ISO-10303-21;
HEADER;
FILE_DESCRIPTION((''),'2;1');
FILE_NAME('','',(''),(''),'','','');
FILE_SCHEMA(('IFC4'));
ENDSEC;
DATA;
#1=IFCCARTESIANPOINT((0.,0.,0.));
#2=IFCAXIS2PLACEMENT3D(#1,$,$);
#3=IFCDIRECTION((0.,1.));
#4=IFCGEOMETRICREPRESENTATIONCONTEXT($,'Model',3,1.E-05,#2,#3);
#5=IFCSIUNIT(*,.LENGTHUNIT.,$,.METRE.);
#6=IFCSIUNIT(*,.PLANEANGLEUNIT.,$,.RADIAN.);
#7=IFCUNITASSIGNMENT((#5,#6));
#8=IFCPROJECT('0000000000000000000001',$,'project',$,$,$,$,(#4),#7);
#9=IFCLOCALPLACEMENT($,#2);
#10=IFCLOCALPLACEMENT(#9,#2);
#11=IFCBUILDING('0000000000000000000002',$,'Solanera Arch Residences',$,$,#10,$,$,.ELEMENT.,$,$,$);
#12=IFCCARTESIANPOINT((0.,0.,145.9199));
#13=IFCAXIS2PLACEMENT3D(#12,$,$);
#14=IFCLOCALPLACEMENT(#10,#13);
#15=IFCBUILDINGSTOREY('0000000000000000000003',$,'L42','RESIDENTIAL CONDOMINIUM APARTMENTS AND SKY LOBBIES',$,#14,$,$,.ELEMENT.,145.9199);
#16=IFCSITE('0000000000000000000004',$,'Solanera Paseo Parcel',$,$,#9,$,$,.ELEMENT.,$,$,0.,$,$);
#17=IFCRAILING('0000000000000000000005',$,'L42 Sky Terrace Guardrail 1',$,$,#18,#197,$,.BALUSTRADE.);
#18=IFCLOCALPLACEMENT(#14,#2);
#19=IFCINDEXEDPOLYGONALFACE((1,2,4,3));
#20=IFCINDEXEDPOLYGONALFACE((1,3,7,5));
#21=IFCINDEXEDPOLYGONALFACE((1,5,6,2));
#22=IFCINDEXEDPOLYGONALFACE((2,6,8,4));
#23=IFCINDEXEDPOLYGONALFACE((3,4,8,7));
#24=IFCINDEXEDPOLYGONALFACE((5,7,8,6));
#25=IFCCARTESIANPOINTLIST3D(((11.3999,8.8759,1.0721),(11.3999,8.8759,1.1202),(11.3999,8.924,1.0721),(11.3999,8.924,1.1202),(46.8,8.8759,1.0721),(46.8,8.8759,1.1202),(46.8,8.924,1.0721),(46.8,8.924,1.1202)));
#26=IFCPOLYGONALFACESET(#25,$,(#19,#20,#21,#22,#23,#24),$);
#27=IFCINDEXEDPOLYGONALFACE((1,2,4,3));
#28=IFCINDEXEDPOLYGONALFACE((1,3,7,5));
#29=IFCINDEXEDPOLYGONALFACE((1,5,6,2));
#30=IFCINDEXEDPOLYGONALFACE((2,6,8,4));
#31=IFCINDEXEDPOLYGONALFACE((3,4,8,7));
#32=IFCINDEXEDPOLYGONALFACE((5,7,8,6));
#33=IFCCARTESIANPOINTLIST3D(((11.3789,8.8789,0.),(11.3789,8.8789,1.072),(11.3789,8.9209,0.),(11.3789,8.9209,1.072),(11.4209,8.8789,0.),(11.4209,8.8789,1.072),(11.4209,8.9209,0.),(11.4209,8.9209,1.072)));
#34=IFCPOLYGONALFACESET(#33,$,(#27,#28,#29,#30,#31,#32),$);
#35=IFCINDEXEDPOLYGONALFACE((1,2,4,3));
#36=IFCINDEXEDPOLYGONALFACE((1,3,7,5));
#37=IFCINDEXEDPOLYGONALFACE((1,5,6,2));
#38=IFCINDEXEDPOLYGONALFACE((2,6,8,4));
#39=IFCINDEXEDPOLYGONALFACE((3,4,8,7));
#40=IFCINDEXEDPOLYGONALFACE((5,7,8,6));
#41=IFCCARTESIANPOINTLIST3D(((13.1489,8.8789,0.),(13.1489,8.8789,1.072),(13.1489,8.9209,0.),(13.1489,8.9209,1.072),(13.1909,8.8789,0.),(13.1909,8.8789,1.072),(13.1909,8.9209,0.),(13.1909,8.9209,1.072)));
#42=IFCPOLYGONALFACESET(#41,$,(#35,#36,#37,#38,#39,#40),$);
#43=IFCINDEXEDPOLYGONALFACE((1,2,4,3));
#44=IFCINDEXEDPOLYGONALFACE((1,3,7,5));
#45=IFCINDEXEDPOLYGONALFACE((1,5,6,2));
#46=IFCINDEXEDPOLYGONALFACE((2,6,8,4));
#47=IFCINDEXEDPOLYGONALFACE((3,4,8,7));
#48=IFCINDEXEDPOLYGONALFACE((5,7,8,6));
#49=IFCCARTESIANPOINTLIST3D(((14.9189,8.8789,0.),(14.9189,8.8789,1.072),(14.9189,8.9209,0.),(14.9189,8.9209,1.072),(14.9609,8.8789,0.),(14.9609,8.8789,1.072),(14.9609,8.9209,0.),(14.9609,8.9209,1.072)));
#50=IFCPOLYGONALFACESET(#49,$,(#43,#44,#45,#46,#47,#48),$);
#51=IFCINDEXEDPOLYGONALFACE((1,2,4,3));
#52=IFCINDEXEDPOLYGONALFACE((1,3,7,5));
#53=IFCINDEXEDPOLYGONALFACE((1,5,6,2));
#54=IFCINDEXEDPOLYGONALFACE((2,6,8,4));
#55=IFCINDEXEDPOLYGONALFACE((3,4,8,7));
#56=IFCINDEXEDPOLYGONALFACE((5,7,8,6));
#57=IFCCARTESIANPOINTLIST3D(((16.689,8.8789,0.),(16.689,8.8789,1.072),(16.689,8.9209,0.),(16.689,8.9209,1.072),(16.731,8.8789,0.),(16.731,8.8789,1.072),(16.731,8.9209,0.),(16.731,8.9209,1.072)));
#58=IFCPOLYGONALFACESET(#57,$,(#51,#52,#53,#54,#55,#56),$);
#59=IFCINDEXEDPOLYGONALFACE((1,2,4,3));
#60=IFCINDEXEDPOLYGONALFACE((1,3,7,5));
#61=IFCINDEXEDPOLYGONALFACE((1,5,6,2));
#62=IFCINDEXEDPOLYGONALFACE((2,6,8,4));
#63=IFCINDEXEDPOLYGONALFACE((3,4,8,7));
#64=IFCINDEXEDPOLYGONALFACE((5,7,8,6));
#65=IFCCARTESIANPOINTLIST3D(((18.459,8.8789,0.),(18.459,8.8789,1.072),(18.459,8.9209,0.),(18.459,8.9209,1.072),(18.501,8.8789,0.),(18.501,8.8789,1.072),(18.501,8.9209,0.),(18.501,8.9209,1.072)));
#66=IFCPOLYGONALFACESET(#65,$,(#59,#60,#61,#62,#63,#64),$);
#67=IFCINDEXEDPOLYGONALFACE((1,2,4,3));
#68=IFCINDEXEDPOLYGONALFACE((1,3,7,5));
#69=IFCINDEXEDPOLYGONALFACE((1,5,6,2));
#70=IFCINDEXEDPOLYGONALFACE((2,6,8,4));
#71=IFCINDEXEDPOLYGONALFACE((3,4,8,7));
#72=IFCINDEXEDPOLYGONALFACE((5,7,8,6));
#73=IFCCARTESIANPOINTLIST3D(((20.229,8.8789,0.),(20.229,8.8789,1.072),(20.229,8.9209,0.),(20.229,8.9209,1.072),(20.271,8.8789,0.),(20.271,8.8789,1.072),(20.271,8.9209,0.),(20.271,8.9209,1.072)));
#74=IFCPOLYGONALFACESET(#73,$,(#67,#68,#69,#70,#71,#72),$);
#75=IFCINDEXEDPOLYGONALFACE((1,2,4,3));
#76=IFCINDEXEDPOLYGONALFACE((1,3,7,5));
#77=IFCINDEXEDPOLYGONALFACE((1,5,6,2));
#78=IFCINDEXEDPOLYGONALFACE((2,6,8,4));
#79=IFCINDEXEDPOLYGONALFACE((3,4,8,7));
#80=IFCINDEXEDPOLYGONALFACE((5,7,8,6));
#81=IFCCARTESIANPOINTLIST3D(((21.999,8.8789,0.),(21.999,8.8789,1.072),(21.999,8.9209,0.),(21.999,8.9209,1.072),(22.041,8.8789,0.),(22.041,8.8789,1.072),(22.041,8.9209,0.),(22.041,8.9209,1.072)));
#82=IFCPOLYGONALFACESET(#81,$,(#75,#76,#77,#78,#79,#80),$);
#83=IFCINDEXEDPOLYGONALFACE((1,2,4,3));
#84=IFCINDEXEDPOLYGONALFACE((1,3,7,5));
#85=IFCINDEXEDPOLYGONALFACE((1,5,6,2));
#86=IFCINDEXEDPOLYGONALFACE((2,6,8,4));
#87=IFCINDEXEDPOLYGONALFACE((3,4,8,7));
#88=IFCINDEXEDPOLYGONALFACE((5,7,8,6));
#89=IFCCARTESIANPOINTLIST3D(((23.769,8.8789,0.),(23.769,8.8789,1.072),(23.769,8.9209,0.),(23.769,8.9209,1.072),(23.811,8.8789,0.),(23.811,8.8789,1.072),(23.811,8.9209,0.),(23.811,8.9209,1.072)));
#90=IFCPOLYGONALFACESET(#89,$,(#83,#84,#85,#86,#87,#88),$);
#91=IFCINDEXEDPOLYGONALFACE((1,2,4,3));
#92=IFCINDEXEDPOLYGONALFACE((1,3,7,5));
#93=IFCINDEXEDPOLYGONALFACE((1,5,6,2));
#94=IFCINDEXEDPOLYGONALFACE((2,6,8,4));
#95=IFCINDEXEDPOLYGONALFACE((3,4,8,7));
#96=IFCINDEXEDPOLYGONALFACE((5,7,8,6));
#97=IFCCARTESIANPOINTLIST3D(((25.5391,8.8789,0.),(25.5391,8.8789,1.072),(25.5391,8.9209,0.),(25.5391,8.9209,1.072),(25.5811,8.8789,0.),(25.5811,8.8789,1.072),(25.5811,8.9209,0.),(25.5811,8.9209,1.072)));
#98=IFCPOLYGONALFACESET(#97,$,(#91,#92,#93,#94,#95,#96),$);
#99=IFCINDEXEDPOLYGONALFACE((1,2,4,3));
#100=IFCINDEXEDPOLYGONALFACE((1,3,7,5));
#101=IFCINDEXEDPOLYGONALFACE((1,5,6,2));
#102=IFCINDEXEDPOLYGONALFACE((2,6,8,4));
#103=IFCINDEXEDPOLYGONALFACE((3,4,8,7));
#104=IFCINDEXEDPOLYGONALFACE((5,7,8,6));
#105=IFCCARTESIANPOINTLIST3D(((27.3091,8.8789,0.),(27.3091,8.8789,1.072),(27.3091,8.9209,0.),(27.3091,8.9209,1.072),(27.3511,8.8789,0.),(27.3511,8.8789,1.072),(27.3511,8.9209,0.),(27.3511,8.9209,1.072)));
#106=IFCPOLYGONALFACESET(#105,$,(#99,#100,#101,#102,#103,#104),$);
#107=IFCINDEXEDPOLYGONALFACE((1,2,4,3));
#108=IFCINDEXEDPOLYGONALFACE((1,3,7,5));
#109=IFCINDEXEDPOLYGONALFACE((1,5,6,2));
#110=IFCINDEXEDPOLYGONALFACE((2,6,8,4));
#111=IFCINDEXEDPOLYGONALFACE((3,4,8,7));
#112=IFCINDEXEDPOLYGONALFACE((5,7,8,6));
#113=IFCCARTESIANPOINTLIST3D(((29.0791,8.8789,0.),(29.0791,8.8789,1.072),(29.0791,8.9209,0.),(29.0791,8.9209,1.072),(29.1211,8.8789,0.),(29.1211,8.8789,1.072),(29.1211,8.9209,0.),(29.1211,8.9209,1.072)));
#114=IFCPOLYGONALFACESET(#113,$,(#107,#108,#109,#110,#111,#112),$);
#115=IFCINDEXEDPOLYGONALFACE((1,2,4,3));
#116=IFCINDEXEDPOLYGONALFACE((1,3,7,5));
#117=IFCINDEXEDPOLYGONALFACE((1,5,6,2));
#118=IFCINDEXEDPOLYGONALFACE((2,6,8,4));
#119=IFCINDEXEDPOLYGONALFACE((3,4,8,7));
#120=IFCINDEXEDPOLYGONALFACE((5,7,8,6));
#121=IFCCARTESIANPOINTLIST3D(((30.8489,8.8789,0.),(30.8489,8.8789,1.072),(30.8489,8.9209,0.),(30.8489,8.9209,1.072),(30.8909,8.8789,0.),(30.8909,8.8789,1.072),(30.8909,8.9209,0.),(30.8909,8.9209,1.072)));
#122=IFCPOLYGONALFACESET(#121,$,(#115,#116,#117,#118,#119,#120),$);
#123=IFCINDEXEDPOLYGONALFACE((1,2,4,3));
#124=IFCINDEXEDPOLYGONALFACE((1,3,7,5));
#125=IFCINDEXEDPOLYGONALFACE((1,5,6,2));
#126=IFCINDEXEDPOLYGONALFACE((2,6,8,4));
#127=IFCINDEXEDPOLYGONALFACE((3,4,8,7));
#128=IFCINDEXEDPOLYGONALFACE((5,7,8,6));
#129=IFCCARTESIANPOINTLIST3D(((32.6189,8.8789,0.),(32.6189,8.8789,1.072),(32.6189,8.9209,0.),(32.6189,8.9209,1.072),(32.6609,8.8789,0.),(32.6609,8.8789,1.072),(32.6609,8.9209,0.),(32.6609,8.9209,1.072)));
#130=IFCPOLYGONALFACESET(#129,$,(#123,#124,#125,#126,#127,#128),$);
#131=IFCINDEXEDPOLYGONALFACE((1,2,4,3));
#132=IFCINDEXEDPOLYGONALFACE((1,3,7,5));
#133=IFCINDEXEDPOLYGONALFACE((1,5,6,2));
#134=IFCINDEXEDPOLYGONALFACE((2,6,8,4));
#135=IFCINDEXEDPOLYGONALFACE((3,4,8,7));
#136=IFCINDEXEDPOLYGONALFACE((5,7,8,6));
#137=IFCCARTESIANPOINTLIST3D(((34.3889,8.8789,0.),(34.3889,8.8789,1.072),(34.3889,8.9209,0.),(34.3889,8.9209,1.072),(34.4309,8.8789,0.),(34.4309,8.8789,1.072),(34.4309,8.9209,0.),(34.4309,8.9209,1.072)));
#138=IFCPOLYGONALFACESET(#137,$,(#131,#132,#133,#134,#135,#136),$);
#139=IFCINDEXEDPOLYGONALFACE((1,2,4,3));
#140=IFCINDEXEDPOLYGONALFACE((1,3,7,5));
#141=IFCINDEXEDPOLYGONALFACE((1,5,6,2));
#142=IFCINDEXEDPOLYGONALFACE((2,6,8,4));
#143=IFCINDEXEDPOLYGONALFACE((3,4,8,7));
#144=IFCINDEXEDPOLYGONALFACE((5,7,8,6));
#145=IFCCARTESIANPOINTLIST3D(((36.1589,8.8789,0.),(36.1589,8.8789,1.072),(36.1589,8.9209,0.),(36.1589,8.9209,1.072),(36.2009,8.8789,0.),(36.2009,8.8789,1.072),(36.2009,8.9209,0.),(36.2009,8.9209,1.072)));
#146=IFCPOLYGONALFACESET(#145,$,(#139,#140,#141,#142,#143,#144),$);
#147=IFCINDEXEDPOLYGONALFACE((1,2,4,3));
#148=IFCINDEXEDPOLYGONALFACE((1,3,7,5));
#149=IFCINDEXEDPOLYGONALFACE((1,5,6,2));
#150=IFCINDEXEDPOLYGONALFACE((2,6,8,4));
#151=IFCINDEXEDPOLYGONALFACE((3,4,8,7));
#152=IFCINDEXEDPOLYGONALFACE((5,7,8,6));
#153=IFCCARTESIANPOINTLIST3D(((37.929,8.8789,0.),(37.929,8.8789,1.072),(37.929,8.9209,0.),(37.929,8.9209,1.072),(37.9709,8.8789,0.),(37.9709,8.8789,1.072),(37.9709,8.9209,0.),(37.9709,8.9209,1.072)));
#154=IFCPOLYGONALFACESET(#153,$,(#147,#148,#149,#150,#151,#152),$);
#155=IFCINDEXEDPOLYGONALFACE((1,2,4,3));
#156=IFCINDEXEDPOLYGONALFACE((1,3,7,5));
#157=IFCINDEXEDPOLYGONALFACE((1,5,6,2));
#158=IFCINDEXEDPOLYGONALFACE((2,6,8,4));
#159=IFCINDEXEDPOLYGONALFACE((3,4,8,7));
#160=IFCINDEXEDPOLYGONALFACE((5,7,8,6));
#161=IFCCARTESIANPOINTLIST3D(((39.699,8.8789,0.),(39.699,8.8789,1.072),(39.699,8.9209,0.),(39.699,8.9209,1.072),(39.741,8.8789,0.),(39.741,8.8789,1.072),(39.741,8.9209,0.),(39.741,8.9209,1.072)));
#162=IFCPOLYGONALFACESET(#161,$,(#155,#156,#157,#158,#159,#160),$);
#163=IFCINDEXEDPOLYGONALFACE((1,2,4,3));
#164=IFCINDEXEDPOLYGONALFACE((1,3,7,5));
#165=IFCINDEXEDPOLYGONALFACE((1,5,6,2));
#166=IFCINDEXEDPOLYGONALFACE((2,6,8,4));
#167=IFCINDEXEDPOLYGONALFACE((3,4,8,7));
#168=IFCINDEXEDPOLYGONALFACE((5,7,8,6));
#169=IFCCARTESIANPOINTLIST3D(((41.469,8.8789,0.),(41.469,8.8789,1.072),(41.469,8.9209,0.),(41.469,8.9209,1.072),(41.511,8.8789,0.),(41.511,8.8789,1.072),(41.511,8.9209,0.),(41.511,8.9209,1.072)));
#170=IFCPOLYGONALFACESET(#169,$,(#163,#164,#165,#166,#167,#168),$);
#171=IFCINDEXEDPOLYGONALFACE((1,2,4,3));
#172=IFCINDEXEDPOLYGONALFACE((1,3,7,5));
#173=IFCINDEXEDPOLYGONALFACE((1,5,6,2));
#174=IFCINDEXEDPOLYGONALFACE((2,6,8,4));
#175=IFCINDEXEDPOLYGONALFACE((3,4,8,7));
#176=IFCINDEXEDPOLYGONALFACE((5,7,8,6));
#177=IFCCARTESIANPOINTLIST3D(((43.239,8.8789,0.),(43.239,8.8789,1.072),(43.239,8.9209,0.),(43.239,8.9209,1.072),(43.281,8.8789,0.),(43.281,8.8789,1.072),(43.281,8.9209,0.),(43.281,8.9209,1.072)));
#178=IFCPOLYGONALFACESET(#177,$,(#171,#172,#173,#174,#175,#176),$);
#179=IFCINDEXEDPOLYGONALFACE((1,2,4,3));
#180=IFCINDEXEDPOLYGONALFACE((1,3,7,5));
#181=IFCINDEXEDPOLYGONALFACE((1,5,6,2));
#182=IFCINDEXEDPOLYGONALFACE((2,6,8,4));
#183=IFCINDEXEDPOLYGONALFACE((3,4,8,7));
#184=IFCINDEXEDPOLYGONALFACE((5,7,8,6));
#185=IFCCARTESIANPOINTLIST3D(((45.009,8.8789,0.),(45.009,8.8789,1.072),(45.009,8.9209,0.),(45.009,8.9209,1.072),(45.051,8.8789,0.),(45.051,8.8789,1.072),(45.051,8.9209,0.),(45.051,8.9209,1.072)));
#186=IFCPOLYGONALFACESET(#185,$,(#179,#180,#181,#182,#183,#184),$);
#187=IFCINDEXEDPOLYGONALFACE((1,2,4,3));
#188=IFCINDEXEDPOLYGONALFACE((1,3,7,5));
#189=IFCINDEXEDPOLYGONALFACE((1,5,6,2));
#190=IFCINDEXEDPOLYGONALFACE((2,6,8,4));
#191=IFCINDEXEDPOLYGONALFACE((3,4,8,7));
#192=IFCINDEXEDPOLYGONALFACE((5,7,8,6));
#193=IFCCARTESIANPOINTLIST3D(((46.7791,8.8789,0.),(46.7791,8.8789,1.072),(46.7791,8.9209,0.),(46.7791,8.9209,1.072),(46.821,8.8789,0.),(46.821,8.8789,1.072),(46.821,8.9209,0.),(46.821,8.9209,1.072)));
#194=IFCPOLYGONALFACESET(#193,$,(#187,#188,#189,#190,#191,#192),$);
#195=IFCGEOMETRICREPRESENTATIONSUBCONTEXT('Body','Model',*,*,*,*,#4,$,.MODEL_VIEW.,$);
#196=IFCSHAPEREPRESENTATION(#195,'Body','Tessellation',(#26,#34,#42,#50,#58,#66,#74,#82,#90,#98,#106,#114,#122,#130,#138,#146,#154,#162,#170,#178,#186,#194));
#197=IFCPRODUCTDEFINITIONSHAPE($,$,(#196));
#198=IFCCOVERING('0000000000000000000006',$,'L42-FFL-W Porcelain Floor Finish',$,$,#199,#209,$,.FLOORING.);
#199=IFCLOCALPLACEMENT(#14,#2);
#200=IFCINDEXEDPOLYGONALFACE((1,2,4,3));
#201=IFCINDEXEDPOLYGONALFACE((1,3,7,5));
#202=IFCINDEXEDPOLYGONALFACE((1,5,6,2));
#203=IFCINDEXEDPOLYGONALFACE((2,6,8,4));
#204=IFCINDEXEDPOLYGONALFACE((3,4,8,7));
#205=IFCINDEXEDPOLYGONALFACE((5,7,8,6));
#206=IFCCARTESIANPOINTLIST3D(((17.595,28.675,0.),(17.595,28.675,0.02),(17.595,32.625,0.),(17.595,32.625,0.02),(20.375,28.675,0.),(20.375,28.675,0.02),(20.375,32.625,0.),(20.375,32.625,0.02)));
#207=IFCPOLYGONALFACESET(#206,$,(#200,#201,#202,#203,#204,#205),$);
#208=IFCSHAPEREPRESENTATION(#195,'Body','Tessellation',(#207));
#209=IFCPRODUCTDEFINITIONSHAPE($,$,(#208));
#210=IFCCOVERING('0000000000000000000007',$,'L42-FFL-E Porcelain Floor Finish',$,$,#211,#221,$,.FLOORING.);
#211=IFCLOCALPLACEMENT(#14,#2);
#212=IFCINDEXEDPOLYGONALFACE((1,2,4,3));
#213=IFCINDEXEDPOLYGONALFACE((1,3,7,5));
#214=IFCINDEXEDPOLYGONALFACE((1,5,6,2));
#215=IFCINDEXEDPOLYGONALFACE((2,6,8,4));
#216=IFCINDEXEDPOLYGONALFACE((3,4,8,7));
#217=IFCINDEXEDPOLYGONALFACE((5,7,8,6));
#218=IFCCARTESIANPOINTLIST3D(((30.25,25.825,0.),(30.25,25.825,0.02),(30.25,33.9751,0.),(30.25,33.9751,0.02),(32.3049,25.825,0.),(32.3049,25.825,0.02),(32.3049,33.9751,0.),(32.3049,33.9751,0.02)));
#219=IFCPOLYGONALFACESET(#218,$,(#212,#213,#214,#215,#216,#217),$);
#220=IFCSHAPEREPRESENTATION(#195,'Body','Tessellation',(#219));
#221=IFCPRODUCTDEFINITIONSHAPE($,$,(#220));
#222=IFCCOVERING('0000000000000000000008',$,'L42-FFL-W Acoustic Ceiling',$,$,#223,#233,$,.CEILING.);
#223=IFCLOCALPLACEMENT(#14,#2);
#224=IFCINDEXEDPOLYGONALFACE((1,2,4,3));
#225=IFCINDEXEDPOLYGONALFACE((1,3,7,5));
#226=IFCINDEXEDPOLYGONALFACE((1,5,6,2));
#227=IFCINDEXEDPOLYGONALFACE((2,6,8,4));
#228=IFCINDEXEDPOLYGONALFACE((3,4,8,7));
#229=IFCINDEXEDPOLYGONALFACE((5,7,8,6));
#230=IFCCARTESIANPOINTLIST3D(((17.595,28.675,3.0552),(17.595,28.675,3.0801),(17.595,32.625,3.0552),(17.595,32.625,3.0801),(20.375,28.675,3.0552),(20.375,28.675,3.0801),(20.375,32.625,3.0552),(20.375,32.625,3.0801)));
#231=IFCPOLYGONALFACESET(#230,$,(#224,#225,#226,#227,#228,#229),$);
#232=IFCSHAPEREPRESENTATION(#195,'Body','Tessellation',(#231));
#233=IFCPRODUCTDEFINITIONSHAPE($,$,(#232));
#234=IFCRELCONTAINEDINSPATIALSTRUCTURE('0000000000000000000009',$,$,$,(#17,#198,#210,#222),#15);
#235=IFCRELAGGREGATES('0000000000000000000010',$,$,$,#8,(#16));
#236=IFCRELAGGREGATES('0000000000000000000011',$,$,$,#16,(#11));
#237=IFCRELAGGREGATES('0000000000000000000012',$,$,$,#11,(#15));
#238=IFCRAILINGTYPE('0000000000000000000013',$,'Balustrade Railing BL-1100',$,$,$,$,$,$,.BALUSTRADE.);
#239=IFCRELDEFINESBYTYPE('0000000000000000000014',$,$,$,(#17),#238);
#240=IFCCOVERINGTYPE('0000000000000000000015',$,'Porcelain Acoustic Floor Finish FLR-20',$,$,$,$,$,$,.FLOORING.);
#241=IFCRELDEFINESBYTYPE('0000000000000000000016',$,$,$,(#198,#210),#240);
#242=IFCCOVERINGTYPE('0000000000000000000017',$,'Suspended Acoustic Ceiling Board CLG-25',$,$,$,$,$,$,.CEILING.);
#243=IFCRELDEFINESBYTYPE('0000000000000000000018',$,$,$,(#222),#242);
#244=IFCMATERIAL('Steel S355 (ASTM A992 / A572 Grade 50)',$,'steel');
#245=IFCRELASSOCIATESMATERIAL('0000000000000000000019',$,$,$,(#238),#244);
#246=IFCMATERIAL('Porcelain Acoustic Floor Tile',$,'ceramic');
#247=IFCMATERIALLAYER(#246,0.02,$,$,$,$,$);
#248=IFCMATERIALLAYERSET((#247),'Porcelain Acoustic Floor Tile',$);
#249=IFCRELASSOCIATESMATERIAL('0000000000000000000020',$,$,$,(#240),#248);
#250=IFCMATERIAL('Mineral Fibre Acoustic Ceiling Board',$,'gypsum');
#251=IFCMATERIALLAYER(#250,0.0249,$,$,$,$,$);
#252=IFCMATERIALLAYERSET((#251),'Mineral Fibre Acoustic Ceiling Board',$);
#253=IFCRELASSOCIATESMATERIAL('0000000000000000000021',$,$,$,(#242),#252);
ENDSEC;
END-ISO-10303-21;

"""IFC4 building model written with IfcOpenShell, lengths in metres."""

from ifc_helpers import new_model, si_unit, direction, frame, origin, origin_2d, place, context, subcontext, project, spatial, polyline, rectangle, outline, extrude, material, layer, layer_set, type_object, element, save


model = new_model("IFC4")

# Units and contexts
model_context = context("Model", 3, precision=1e-05, world=origin(), true_north=direction((0.0, 1.0)))
body_context = subcontext(model_context, "Body", "Model", "MODEL_VIEW")
ifc_project = project(units=[si_unit("LENGTHUNIT", "METRE"), si_unit("PLANEANGLEUNIT", "RADIAN")], contexts=[model_context])

# Site, building, storey
site_placement = place(None, origin())
site = spatial("IfcSite", under=ifc_project, at=site_placement, Name="Solanera Paseo Parcel", CompositionType="ELEMENT", RefElevation=0.0)
building_placement = place(site_placement, origin())
building = spatial("IfcBuilding", under=site, at=building_placement, Name="Solanera Arch Residences", CompositionType="ELEMENT")
storey_placement = place(building_placement, frame((0.0, 0.0, 145.9199)))
storey = spatial("IfcBuildingStorey", under=building, at=storey_placement, Name="L42", Description="RESIDENTIAL CONDOMINIUM APARTMENTS AND SKY LOBBIES", CompositionType="ELEMENT", Elevation=145.9199)

# Railing
ifc_material_1 = material(Name="Steel S355 (ASTM A992 / A572 Grade 50)", Category="steel")
railing_type = type_object("IfcRailingType", Name="Balustrade Railing BL-1100", PredefinedType="BALUSTRADE", material=ifc_material_1)
railing_1_placement = place(storey_placement, frame((11.3999, 8.8999, 0.0)))
element("IfcRailing", 1, at=railing_1_placement, inside=storey, type_object=railing_type, Name="L42 Sky Terrace Guardrail 1", PredefinedType="BALUSTRADE", context=body_context, shape_type="SweptSolid", body=[
    extrude(rectangle(XDim=0.0481, YDim=0.0481, at=origin_2d()), frame((0.0, 0.0, 1.0962), z_axis=(1.0, 0.0, 0.0), x_axis=(0.0, 1.0, 0.0)), (0.0, 0.0, 1.0), 35.4001),
    extrude(rectangle(XDim=0.042, YDim=0.042, at=origin_2d()), origin(), (0.0, 0.0, 1.0), 1.072),
    extrude(rectangle(XDim=0.042, YDim=0.042, at=origin_2d()), frame((1.77, 0.0, 0.0)), (0.0, 0.0, 1.0), 1.072),
    extrude(rectangle(XDim=0.042, YDim=0.042, at=origin_2d()), frame((3.54, 0.0, 0.0)), (0.0, 0.0, 1.0), 1.072),
    extrude(rectangle(XDim=0.042, YDim=0.042, at=origin_2d()), frame((5.3101, 0.0, 0.0)), (0.0, 0.0, 1.0), 1.072),
    extrude(rectangle(XDim=0.042, YDim=0.042, at=origin_2d()), frame((7.0801, 0.0, 0.0)), (0.0, 0.0, 1.0), 1.072),
    extrude(rectangle(XDim=0.042, YDim=0.042, at=origin_2d()), frame((8.8501, 0.0, 0.0)), (0.0, 0.0, 1.0), 1.072),
    extrude(rectangle(XDim=0.042, YDim=0.042, at=origin_2d()), frame((10.6201, 0.0, 0.0)), (0.0, 0.0, 1.0), 1.072),
    extrude(rectangle(XDim=0.042, YDim=0.042, at=origin_2d()), frame((12.3901, 0.0, 0.0)), (0.0, 0.0, 1.0), 1.072),
    extrude(rectangle(XDim=0.042, YDim=0.042, at=origin_2d()), frame((14.1602, 0.0, 0.0)), (0.0, 0.0, 1.0), 1.072),
    extrude(rectangle(XDim=0.042, YDim=0.042, at=origin_2d()), frame((15.9302, 0.0, 0.0)), (0.0, 0.0, 1.0), 1.072),
    extrude(rectangle(XDim=0.042, YDim=0.042, at=origin_2d()), frame((17.7002, 0.0, 0.0)), (0.0, 0.0, 1.0), 1.072),
    extrude(rectangle(XDim=0.042, YDim=0.042, at=origin_2d()), frame((19.47, 0.0, 0.0)), (0.0, 0.0, 1.0), 1.072),
    extrude(rectangle(XDim=0.042, YDim=0.042, at=origin_2d()), frame((21.24, 0.0, 0.0)), (0.0, 0.0, 1.0), 1.072),
    extrude(rectangle(XDim=0.042, YDim=0.042, at=origin_2d()), frame((23.01, 0.0, 0.0)), (0.0, 0.0, 1.0), 1.072),
    extrude(rectangle(XDim=0.042, YDim=0.042, at=origin_2d()), frame((24.78, 0.0, 0.0)), (0.0, 0.0, 1.0), 1.072),
    extrude(rectangle(XDim=0.042, YDim=0.042, at=origin_2d()), frame((26.55, 0.0, 0.0)), (0.0, 0.0, 1.0), 1.072),
    extrude(rectangle(XDim=0.042, YDim=0.042, at=origin_2d()), frame((28.3201, 0.0, 0.0)), (0.0, 0.0, 1.0), 1.072),
    extrude(rectangle(XDim=0.042, YDim=0.042, at=origin_2d()), frame((30.0901, 0.0, 0.0)), (0.0, 0.0, 1.0), 1.072),
    extrude(rectangle(XDim=0.042, YDim=0.042, at=origin_2d()), frame((31.8601, 0.0, 0.0)), (0.0, 0.0, 1.0), 1.072),
    extrude(rectangle(XDim=0.042, YDim=0.042, at=origin_2d()), frame((33.6301, 0.0, 0.0)), (0.0, 0.0, 1.0), 1.072),
    extrude(rectangle(XDim=0.042, YDim=0.042, at=origin_2d()), frame((35.4001, 0.0, 0.0)), (0.0, 0.0, 1.0), 1.072),
])

# Coverings
ifc_material_2 = material(Name="Porcelain Acoustic Floor Tile", Category="ceramic")
ifc_layer_1 = layer(ifc_material_2, 0.02)
ifc_layer_set_1 = layer_set([ifc_layer_1], Name="Porcelain Acoustic Floor Tile")
covering_type_1 = type_object("IfcCoveringType", Name="Porcelain Acoustic Floor Finish FLR-20", PredefinedType="FLOORING", material=ifc_layer_set_1)
covering_1_placement = place(storey_placement, origin())
element("IfcCovering", 2, at=covering_1_placement, inside=storey, type_object=covering_type_1, Name="L42-FFL-W Porcelain Floor Finish", PredefinedType="FLOORING", context=body_context, shape_type="SweptSolid", body=[
    extrude(outline(polyline([(20.375, 28.675), (17.595, 28.675), (17.595, 32.625), (20.375, 32.625), (20.375, 28.675)])), origin(), (0.0, 0.0, 1.0), 0.02),
])
covering_2_placement = place(storey_placement, origin())
element("IfcCovering", 3, at=covering_2_placement, inside=storey, type_object=covering_type_1, Name="L42-FFL-E Porcelain Floor Finish", PredefinedType="FLOORING", context=body_context, shape_type="SweptSolid", body=[
    extrude(outline(polyline([(32.3049, 25.825), (30.25, 25.825), (30.25, 33.9751), (32.3049, 33.9751), (32.3049, 25.825)])), origin(), (0.0, 0.0, 1.0), 0.02),
])
ifc_material_3 = material(Name="Mineral Fibre Acoustic Ceiling Board", Category="gypsum")
ifc_layer_2 = layer(ifc_material_3, 0.0249)
ifc_layer_set_2 = layer_set([ifc_layer_2], Name="Mineral Fibre Acoustic Ceiling Board")
covering_type_2 = type_object("IfcCoveringType", Name="Suspended Acoustic Ceiling Board CLG-25", PredefinedType="CEILING", material=ifc_layer_set_2)
covering_3_placement = place(storey_placement, frame((0.0, 0.0, 3.0552)))
element("IfcCovering", 4, at=covering_3_placement, inside=storey, type_object=covering_type_2, Name="L42-FFL-W Acoustic Ceiling", PredefinedType="CEILING", context=body_context, shape_type="SweptSolid", body=[
    extrude(outline(polyline([(20.375, 28.675), (17.595, 28.675), (17.595, 32.625), (20.375, 32.625), (20.375, 28.675)])), origin(), (0.0, 0.0, 1.0), 0.0249),
])

save(model, "model.ifc")
